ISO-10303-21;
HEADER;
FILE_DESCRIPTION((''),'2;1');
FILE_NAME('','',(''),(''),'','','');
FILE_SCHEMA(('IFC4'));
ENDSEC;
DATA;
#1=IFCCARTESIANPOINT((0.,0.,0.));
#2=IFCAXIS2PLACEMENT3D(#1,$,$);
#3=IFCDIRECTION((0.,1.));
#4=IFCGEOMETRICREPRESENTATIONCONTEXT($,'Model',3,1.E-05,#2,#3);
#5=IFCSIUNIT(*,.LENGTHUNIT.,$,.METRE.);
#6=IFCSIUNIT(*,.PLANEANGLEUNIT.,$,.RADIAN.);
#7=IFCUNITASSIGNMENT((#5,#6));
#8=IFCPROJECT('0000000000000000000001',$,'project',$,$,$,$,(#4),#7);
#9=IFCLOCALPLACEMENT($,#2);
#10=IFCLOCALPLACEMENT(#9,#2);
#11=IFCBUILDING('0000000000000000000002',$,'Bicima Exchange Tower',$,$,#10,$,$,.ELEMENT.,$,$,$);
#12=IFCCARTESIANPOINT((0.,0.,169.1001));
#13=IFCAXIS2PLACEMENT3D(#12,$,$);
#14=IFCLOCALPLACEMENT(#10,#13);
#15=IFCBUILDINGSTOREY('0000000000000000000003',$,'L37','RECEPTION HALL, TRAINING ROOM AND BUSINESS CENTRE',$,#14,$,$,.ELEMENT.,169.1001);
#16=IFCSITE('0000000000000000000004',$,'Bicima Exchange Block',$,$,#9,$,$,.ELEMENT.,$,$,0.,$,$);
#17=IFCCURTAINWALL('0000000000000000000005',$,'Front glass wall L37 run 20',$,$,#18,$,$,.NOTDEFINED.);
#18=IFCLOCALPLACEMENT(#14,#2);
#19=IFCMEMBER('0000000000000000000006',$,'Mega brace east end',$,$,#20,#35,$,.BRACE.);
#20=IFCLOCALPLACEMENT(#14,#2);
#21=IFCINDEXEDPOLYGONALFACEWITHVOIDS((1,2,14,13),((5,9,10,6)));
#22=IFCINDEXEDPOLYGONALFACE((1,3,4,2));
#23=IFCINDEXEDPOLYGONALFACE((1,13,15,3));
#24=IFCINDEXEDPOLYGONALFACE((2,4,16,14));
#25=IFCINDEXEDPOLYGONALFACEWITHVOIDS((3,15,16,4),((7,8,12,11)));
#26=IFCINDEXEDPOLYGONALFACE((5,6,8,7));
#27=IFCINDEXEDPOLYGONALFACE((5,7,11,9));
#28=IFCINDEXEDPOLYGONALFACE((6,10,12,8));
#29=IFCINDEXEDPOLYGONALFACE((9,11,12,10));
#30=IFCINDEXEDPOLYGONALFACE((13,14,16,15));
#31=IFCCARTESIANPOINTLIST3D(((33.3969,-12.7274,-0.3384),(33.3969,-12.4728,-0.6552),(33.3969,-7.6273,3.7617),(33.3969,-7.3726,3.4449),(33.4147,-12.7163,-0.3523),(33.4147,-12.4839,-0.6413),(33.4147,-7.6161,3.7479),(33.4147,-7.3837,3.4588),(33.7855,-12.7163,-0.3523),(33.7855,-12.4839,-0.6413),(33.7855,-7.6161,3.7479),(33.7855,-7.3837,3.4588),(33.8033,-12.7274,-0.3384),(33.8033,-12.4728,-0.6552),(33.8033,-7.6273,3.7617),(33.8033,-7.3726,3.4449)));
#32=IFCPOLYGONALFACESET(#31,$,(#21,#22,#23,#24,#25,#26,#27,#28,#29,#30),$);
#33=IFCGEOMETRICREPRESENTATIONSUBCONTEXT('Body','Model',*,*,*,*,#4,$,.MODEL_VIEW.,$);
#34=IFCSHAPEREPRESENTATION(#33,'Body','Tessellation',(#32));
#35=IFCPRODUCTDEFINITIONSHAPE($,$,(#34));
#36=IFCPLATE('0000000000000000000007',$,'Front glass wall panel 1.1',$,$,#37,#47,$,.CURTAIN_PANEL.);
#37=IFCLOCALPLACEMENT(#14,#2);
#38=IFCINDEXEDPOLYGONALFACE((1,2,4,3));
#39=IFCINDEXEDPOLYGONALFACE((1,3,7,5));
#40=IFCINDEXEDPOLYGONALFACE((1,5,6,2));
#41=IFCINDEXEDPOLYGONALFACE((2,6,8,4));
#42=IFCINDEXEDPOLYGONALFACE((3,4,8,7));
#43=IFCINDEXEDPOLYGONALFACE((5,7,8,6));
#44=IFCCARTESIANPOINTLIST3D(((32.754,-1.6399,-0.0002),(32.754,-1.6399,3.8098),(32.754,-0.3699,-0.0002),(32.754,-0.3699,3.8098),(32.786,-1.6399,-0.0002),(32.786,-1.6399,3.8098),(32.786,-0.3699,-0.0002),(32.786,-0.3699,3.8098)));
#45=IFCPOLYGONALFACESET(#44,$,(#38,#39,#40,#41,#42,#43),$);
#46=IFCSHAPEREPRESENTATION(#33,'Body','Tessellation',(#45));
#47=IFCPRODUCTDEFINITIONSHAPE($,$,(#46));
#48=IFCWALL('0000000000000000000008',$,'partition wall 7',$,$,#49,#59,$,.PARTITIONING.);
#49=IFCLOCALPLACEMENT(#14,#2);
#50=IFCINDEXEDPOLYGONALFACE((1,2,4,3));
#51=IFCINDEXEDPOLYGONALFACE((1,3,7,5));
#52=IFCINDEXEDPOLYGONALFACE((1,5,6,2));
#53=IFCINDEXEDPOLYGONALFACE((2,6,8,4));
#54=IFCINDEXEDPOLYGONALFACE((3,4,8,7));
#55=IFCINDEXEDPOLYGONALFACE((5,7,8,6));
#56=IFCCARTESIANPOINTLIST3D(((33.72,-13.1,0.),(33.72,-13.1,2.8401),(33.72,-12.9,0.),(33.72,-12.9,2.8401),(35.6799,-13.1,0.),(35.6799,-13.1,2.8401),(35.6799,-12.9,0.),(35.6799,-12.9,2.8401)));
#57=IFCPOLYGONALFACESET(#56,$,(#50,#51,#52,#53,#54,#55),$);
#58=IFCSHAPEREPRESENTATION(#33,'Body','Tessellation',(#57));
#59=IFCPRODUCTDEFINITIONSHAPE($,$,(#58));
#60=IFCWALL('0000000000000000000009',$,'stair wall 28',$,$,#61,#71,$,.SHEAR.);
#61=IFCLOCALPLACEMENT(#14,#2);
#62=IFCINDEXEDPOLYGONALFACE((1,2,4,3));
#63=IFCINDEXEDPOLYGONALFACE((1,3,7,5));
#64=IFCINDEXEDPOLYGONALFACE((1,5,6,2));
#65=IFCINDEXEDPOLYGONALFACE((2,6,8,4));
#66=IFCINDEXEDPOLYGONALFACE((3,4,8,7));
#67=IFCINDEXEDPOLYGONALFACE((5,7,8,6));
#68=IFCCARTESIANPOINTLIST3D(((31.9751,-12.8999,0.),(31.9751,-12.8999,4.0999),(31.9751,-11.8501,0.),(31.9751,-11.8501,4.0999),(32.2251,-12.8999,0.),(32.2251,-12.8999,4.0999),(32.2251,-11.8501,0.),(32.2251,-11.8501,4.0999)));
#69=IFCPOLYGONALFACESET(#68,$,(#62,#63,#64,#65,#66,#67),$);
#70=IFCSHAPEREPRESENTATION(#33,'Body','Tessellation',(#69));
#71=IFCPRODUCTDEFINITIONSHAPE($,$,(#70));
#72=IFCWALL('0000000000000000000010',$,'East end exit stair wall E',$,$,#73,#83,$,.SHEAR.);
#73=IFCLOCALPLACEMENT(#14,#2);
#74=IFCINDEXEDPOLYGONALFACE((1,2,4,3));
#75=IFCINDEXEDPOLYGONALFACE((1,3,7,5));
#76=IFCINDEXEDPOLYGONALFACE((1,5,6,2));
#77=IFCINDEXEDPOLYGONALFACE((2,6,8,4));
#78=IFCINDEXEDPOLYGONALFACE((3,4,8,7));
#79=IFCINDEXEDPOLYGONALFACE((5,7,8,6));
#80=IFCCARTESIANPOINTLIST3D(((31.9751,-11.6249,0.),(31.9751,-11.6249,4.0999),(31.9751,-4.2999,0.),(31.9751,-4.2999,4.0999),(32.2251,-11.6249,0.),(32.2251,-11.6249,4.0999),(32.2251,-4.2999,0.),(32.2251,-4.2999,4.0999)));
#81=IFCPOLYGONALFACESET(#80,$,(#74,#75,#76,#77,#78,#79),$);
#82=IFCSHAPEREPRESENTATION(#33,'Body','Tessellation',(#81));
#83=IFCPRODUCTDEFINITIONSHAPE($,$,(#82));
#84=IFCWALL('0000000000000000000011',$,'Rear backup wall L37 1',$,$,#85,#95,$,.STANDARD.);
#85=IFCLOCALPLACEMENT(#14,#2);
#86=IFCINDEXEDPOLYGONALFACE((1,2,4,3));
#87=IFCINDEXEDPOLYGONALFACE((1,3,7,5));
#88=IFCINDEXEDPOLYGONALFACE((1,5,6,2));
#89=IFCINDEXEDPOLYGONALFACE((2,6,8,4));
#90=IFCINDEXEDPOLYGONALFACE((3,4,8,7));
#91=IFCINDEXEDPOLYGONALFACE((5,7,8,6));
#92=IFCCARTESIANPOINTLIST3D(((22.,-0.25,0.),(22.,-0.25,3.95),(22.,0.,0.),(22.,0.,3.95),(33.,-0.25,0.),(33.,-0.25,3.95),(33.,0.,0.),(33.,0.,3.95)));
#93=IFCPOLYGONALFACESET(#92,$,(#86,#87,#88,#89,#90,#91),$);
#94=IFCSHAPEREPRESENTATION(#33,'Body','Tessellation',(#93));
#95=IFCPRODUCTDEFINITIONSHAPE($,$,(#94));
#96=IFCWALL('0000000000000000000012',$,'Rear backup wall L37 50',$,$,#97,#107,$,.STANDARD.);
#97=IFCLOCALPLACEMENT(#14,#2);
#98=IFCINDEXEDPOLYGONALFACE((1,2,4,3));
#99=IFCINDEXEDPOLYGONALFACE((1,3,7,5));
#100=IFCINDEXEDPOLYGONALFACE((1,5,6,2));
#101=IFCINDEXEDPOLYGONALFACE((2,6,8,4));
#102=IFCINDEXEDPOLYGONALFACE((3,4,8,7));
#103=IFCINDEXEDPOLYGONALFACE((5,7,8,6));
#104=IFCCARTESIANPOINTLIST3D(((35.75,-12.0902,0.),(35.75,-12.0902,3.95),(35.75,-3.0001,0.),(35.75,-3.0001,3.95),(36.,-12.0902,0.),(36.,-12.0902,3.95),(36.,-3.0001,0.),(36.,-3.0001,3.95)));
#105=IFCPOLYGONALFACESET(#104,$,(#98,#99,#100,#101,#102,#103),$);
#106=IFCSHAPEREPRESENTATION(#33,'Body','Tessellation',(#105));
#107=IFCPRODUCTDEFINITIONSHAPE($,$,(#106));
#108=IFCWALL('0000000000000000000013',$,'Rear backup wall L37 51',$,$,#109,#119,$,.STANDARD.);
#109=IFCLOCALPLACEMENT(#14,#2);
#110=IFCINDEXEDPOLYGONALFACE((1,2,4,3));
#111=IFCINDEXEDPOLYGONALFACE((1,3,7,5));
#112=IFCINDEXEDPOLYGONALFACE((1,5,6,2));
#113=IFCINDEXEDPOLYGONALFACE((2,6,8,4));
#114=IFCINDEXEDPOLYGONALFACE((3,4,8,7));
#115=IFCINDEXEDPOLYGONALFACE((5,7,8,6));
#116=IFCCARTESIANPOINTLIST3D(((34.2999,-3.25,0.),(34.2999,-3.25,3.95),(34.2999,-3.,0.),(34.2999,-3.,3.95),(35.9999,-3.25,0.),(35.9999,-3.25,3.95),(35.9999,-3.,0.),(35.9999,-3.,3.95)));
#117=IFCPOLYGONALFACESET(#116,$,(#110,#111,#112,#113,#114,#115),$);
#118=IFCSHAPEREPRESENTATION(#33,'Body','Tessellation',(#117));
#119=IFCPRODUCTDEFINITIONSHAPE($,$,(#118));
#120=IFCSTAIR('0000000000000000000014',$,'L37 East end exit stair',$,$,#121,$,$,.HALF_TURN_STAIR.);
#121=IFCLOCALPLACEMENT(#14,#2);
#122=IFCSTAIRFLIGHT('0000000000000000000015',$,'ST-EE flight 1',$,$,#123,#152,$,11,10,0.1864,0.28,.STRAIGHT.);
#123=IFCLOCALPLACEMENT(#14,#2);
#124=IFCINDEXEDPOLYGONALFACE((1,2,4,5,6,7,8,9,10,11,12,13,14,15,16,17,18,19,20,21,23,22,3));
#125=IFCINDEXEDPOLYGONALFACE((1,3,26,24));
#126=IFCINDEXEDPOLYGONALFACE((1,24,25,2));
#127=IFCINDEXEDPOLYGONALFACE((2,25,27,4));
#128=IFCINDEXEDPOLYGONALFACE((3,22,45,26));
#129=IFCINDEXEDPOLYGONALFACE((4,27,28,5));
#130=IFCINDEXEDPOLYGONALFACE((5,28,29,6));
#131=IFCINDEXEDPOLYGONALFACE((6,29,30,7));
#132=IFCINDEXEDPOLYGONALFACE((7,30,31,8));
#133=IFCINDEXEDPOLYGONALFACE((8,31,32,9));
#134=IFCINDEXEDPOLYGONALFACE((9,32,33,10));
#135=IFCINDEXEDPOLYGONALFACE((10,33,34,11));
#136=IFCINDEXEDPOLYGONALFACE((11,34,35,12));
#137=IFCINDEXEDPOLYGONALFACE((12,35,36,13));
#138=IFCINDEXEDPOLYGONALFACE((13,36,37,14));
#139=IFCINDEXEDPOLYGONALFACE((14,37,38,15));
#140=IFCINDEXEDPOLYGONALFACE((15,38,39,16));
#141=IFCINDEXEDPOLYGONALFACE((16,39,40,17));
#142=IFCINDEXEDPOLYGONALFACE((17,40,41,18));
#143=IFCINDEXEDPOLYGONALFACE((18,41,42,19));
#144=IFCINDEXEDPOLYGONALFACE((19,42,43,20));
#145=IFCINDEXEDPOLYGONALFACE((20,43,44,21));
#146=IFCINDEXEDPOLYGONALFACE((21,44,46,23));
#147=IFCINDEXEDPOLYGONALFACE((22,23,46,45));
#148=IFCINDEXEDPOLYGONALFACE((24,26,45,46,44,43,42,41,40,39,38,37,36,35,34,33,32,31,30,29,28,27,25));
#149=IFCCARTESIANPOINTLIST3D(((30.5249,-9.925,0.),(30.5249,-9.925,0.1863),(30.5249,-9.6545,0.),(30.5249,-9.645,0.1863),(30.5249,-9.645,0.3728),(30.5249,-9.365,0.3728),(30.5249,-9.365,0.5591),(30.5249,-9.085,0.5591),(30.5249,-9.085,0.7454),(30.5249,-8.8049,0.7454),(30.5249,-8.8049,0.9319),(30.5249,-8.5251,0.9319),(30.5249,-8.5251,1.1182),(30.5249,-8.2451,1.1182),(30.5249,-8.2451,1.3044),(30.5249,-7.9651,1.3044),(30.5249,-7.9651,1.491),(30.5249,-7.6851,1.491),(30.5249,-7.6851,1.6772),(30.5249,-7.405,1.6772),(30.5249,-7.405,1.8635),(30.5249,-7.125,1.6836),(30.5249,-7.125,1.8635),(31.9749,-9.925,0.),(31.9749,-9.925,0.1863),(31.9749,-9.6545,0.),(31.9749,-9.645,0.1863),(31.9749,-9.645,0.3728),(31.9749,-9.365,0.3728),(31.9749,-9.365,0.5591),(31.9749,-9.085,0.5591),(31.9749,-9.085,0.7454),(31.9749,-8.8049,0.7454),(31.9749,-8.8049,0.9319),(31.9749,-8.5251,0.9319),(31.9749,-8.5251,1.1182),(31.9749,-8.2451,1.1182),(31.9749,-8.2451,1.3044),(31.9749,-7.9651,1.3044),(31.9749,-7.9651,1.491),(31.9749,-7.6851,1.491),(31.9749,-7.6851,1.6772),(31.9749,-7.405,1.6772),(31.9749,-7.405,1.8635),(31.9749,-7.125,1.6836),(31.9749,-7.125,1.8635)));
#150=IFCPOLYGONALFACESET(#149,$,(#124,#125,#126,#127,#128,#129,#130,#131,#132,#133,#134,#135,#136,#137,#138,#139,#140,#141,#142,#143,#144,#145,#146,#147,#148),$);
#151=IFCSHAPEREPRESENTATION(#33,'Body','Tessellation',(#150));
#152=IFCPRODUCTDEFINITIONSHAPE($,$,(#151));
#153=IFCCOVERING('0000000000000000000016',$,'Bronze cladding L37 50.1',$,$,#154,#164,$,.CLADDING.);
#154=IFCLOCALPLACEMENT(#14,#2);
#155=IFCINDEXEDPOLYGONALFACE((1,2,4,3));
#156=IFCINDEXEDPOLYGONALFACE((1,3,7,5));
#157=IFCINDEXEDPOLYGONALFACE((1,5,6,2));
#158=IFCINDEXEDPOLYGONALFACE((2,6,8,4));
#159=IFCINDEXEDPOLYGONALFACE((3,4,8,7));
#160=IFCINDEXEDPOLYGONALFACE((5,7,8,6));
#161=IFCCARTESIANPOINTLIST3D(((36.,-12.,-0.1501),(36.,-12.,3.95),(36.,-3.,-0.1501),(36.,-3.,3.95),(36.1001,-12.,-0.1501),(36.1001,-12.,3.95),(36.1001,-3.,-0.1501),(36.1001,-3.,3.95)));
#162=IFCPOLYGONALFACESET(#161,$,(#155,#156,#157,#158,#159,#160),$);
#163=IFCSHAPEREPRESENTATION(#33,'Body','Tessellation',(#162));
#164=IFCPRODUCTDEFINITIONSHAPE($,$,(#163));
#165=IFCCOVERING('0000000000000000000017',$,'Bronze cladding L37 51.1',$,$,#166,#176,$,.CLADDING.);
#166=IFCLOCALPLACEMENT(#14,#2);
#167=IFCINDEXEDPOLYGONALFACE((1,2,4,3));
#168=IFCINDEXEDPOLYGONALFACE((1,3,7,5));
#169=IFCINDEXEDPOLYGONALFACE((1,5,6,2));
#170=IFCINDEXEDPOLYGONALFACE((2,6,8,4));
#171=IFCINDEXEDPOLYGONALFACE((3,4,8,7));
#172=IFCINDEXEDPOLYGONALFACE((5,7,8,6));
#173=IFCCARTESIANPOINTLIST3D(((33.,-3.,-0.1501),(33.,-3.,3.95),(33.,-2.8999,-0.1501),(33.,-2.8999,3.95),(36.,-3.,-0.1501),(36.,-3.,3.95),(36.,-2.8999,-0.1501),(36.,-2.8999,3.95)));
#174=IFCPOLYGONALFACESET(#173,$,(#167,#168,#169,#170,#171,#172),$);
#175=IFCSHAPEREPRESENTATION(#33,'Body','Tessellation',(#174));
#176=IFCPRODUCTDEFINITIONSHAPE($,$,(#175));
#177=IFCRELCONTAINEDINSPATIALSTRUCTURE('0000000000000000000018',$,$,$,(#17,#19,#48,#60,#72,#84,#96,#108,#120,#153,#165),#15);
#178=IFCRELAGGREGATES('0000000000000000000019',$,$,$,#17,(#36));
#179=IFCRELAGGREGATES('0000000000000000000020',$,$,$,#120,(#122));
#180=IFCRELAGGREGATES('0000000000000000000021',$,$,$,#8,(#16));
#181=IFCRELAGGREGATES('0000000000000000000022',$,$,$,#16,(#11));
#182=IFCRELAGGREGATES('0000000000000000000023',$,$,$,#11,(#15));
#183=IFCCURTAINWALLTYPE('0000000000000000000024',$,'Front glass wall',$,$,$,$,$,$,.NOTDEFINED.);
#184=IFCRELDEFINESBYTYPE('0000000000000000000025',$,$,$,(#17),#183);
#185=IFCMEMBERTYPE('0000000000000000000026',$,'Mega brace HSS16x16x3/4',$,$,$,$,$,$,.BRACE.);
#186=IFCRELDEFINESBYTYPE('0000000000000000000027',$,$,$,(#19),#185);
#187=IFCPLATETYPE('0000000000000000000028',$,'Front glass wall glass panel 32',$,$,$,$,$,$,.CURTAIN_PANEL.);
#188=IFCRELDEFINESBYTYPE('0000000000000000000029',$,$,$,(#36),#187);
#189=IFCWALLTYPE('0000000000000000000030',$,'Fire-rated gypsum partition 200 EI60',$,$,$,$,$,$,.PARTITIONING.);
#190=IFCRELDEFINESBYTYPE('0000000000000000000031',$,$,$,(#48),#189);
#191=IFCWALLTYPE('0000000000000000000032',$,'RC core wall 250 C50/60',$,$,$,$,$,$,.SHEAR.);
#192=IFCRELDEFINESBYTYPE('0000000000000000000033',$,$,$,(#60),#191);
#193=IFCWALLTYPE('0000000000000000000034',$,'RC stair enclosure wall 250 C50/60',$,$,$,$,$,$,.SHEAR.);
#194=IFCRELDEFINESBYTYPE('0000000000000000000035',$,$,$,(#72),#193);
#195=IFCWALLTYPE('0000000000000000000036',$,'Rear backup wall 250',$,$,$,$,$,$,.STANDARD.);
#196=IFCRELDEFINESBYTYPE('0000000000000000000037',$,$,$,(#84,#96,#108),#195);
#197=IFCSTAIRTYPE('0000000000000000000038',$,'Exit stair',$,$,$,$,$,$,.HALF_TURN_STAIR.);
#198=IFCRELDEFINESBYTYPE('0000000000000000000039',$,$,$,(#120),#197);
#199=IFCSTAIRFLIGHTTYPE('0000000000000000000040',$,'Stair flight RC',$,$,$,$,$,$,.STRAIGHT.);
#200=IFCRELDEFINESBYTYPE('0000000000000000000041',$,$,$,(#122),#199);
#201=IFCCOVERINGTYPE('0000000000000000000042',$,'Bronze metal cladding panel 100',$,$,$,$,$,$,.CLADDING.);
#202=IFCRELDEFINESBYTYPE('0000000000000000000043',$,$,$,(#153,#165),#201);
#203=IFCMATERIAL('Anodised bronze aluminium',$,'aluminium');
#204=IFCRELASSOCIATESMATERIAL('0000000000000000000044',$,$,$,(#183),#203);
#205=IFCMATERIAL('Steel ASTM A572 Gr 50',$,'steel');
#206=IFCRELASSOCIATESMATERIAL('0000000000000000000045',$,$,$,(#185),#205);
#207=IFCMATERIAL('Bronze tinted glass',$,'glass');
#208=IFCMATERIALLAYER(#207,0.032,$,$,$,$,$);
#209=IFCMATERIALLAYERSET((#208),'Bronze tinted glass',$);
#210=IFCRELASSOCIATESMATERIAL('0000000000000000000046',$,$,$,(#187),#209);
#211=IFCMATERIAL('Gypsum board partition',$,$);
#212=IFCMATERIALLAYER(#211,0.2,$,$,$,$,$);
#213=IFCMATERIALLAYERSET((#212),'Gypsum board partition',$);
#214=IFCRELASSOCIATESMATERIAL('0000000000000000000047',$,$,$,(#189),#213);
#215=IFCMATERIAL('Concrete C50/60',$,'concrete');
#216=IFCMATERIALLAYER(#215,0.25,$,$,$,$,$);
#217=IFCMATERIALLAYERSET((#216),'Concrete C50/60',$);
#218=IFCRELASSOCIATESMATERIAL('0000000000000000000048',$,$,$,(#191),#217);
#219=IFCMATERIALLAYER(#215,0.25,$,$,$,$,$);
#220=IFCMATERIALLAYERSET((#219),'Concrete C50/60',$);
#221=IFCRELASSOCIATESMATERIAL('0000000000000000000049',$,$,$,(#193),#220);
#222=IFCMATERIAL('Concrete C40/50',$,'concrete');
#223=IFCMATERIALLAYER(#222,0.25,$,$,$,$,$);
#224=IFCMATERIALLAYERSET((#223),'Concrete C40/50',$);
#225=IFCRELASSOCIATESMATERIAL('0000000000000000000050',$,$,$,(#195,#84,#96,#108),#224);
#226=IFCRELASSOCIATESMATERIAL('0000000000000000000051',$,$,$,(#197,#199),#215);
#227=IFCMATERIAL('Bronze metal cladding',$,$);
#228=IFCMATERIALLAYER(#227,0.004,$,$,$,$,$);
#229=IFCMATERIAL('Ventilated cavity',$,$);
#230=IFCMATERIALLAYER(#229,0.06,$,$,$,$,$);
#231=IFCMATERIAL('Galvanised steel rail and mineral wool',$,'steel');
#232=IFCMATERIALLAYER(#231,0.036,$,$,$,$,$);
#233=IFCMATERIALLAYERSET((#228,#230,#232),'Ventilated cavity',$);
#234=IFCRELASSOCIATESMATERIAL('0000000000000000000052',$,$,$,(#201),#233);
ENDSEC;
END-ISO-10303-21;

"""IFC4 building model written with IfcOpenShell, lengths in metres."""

from ifc_helpers import new_model, si_unit, direction, frame, frame_2d, origin, origin_2d, place, context, subcontext, project, spatial, polyline, rectangle, hollow_rectangle, outline, extrude, material, layer, layer_set, layer_usage, material_profile, profile_set, type_object, element, aggregate, save


model = new_model("IFC4")

# Units and contexts
model_context = context("Model", 3, precision=1e-05, world=origin(), true_north=direction((0.0, 1.0)))
body_context = subcontext(model_context, "Body", "Model", "MODEL_VIEW")
ifc_project = project(units=[si_unit("LENGTHUNIT", "METRE"), si_unit("PLANEANGLEUNIT", "RADIAN")], contexts=[model_context])

# Site, building, storey
site_placement = place(None, origin())
site = spatial("IfcSite", under=ifc_project, at=site_placement, Name="Bicima Exchange Block", CompositionType="ELEMENT", RefElevation=0.0)
building_placement = place(site_placement, origin())
building = spatial("IfcBuilding", under=site, at=building_placement, Name="Bicima Exchange Tower", CompositionType="ELEMENT")
storey_placement = place(building_placement, frame((0.0, 0.0, 169.1001)))
storey = spatial("IfcBuildingStorey", under=building, at=storey_placement, Name="L37", Description="RECEPTION HALL, TRAINING ROOM AND BUSINESS CENTRE", CompositionType="ELEMENT", Elevation=169.1001)

# Shared definitions
ifc_material_1 = material(Name="Steel ASTM A572 Gr 50", Category="steel")

# Shared definitions
ifc_material_2 = material(Name="Anodised bronze aluminium", Category="aluminium")

# Curtain wall
curtain_wall_type_1 = type_object("IfcCurtainWallType", Name="Front glass wall", PredefinedType="NOTDEFINED", material=ifc_material_2)
curtain_wall_1_placement = place(storey_placement, origin())
curtain_wall_1 = element("IfcCurtainWall", 1, at=curtain_wall_1_placement, inside=storey, type_object=curtain_wall_type_1, Name="Front glass wall L37 run 20", PredefinedType="NOTDEFINED")

# Member
ifc_material_profile_1 = material_profile(ifc_material_1, hollow_rectangle(XDim=0.4065, YDim=0.4065, WallThickness=0.0178, at=origin_2d()))
ifc_profile_set_1 = profile_set([ifc_material_profile_1], Name="Steel ASTM A572 Gr 50")
member_type_1 = type_object("IfcMemberType", Name="Mega brace HSS16x16x3/4", PredefinedType="BRACE", material=ifc_profile_set_1)
for number, where, z_axis, x_axis, name in (
    (2, (33.6001, -12.6001, -0.4968), (0.0, 0.779374, 0.626559), (-1.0, 0.0, 0.0), "Mega brace east end"),
):
    element("IfcMember", number, at=place(storey_placement, frame(where, z_axis=z_axis, x_axis=x_axis)), inside=storey, type_object=member_type_1, Name=name, PredefinedType="BRACE", context=body_context, shape_type="SweptSolid", body=[
        extrude(hollow_rectangle(XDim=0.4065, YDim=0.4065, WallThickness=0.0178, at=origin_2d()), origin(), (0.0, 0.0, 1.0), 6.5439),
    ])

# Plate
ifc_material_3 = material(Name="Bronze tinted glass", Category="glass")
ifc_layer_1 = layer(ifc_material_3, 0.032)
ifc_layer_set_1 = layer_set([ifc_layer_1], Name="Bronze tinted glass")
plate_type = type_object("IfcPlateType", Name="Front glass wall glass panel 32", PredefinedType="CURTAIN_PANEL", material=ifc_layer_set_1)
plate_placement = place(storey_placement, frame((32.77, -1.0049, -0.0002), z_axis=(0.0, 0.0, 1.0), x_axis=(0.0, 1.0, 0.0)))
plate = element("IfcPlate", 3, at=plate_placement, type_object=plate_type, Name="Front glass wall panel 1.1", PredefinedType="CURTAIN_PANEL", context=body_context, shape_type="SweptSolid", body=[
    extrude(rectangle(XDim=1.27, YDim=0.032, at=origin_2d()), origin(), (0.0, 0.0, 1.0), 3.8101),
])
aggregate(curtain_wall_1, [plate])

# Walls
ifc_material_4 = material(Name="Gypsum board partition")
ifc_layer_2 = layer(ifc_material_4, 0.2)
ifc_layer_set_2 = layer_set([ifc_layer_2], Name="Gypsum board partition")
wall_type_1 = type_object("IfcWallType", Name="Fire-rated gypsum partition 200 EI60", PredefinedType="PARTITIONING", material=ifc_layer_set_2)
wall_1_placement = place(storey_placement, frame((33.72, -13.0, 0.0), z_axis=(0.0, 0.0, 1.0), x_axis=(1.0, 0.0, 0.0)))
element("IfcWall", 4, at=wall_1_placement, inside=storey, type_object=wall_type_1, Name="partition wall 7", PredefinedType="PARTITIONING", context=body_context, shape_type="SweptSolid", body=[
    extrude(rectangle(XDim=1.96, YDim=0.2, at=frame_2d((0.98, 0.0))), origin(), (0.0, 0.0, 1.0), 2.8401),
])
ifc_material_5 = material(Name="Concrete C50/60", Category="concrete")
ifc_layer_3 = layer(ifc_material_5, 0.25)
ifc_layer_set_3 = layer_set([ifc_layer_3], Name="Concrete C50/60")
wall_type_2 = type_object("IfcWallType", Name="RC core wall 250 C50/60", PredefinedType="SHEAR", material=ifc_layer_set_3)
wall_2_placement = place(storey_placement, frame((32.1001, -12.8999, 0.0), z_axis=(0.0, 0.0, 1.0), x_axis=(0.0, 1.0, 0.0)))
element("IfcWall", 5, at=wall_2_placement, inside=storey, type_object=wall_type_2, Name="stair wall 28", PredefinedType="SHEAR", context=body_context, shape_type="SweptSolid", body=[
    extrude(rectangle(XDim=1.0498, YDim=0.25, at=frame_2d((0.5249, 0.0))), origin(), (0.0, 0.0, 1.0), 4.0999),
])
ifc_layer_4 = layer(ifc_material_5, 0.25)
ifc_layer_set_4 = layer_set([ifc_layer_4], Name="Concrete C50/60")
wall_type_3 = type_object("IfcWallType", Name="RC stair enclosure wall 250 C50/60", PredefinedType="SHEAR", material=ifc_layer_set_4)
wall_3_placement = place(storey_placement, frame((32.1001, -11.625, 0.0), z_axis=(0.0, 0.0, 1.0), x_axis=(0.0, 1.0, 0.0)))
element("IfcWall", 6, at=wall_3_placement, inside=storey, type_object=wall_type_3, Name="East end exit stair wall E", PredefinedType="SHEAR", context=body_context, shape_type="SweptSolid", body=[
    extrude(rectangle(XDim=7.325, YDim=0.25, at=frame_2d((3.6626, 0.0))), origin(), (0.0, 0.0, 1.0), 4.0999),
])
ifc_material_6 = material(Name="Concrete C40/50", Category="concrete")
ifc_layer_5 = layer(ifc_material_6, 0.25)
ifc_layer_set_5 = layer_set([ifc_layer_5], Name="Concrete C40/50")
ifc_layer_usage = layer_usage(ifc_layer_set_5, "AXIS2", "POSITIVE", -0.125)
wall_type_4 = type_object("IfcWallType", Name="Rear backup wall 250", PredefinedType="STANDARD", material=ifc_layer_set_5)
wall_4_placement = place(storey_placement, frame((33.0, -0.125, 0.0), z_axis=(0.0, 0.0, 1.0), x_axis=(-1.0, 0.0, 0.0)))
element("IfcWall", 7, at=wall_4_placement, inside=storey, type_object=wall_type_4, material=ifc_layer_usage, Name="Rear backup wall L37 1", PredefinedType="STANDARD", context=body_context, shape_type="SweptSolid", body=[
    extrude(rectangle(XDim=11.0, YDim=0.25, at=frame_2d((5.5, 0.0))), origin(), (0.0, 0.0, 1.0), 3.95),
])
wall_5_placement = place(storey_placement, frame((35.875, -12.0901, 0.0), z_axis=(0.0, 0.0, 1.0), x_axis=(0.0, 1.0, 0.0)))
element("IfcWall", 8, at=wall_5_placement, inside=storey, type_object=wall_type_4, material=ifc_layer_usage, Name="Rear backup wall L37 50", PredefinedType="STANDARD", context=body_context, shape_type="SweptSolid", body=[
    extrude(rectangle(XDim=9.0901, YDim=0.25, at=frame_2d((4.5449, 0.0))), origin(), (0.0, 0.0, 1.0), 3.95),
])
wall_6_placement = place(storey_placement, frame((36.0, -3.125, 0.0), z_axis=(0.0, 0.0, 1.0), x_axis=(-1.0, 0.0, 0.0)))
element("IfcWall", 9, at=wall_6_placement, inside=storey, type_object=wall_type_4, material=ifc_layer_usage, Name="Rear backup wall L37 51", PredefinedType="STANDARD", context=body_context, shape_type="SweptSolid", body=[
    extrude(rectangle(XDim=1.7, YDim=0.25, at=frame_2d((0.8501, 0.0))), origin(), (0.0, 0.0, 1.0), 3.95),
])

# Stair, stair flight
stair_type = type_object("IfcStairType", Name="Exit stair", PredefinedType="HALF_TURN_STAIR", material=ifc_material_5)
stair_placement = place(storey_placement, origin())
stair = element("IfcStair", 10, at=stair_placement, inside=storey, type_object=stair_type, Name="L37 East end exit stair", PredefinedType="HALF_TURN_STAIR")
stair_flight_type = type_object("IfcStairFlightType", Name="Stair flight RC", PredefinedType="STRAIGHT", material=ifc_material_5)
stair_flight_placement = place(storey_placement, frame((31.25, -9.925, 0.0), z_axis=(0.0, 0.0, 1.0), x_axis=(0.0, 1.0, 0.0)))
stair_flight = element("IfcStairFlight", 11, at=stair_flight_placement, type_object=stair_flight_type, Name="ST-EE flight 1", NumberOfRisers=11, NumberOfTreads=10, PredefinedType="STRAIGHT", RiserHeight=0.1864, TreadLength=0.28, context=body_context, shape_type="SweptSolid", body=[
    extrude(outline(polyline([(0.0, 0.0), (0.0, 0.1863), (0.28, 0.1863), (0.28, 0.3728), (0.5601, 0.3728), (0.5601, 0.5591), (0.8401, 0.5591), (0.8401, 0.7454), (1.1201, 0.7454), (1.1201, 0.9319), (1.3999, 0.9319), (1.3999, 1.1182), (1.6799, 1.1182), (1.6799, 1.3044), (1.96, 1.3044), (1.96, 1.491), (2.24, 1.491), (2.24, 1.6772), (2.52, 1.6772), (2.52, 1.8635), (2.8, 1.8635), (2.8, 2.05), (2.8, 1.6836), (0.2705, 0.0), (0.0, 0.0)])), frame((0.0, 0.7251, 0.0), z_axis=(0.0, -1.0, 0.0), x_axis=(1.0, 0.0, 0.0)), (0.0, 0.0, 1.0), 1.45),
])
aggregate(stair, [stair_flight])

# Coverings
ifc_material_7 = material(Name="Bronze metal cladding")
ifc_layer_6 = layer(ifc_material_7, 0.004)
ifc_material_8 = material(Name="Ventilated cavity")
ifc_layer_7 = layer(ifc_material_8, 0.06)
ifc_material_9 = material(Name="Galvanised steel rail and mineral wool", Category="steel")
ifc_layer_8 = layer(ifc_material_9, 0.036)
ifc_layer_set_6 = layer_set([ifc_layer_6, ifc_layer_7, ifc_layer_8], Name="Ventilated cavity")
covering_type = type_object("IfcCoveringType", Name="Bronze metal cladding panel 100", PredefinedType="CLADDING", material=ifc_layer_set_6)
covering_1_placement = place(storey_placement, frame((36.05, -7.5, -0.1501), z_axis=(0.0, 0.0, 1.0), x_axis=(0.0, 1.0, 0.0)))
element("IfcCovering", 12, at=covering_1_placement, inside=storey, type_object=covering_type, Name="Bronze cladding L37 50.1", PredefinedType="CLADDING", context=body_context, shape_type="SweptSolid", body=[
    extrude(rectangle(XDim=9.0, YDim=0.1001, at=origin_2d()), origin(), (0.0, 0.0, 1.0), 4.1001),
])
covering_2_placement = place(storey_placement, frame((34.5, -2.95, -0.1501), z_axis=(0.0, 0.0, 1.0), x_axis=(-1.0, 0.0, 0.0)))
element("IfcCovering", 13, at=covering_2_placement, inside=storey, type_object=covering_type, Name="Bronze cladding L37 51.1", PredefinedType="CLADDING", context=body_context, shape_type="SweptSolid", body=[
    extrude(rectangle(XDim=3.0, YDim=0.1001, at=origin_2d()), origin(), (0.0, 0.0, 1.0), 4.1001),
])

save(model, "model.ifc")
